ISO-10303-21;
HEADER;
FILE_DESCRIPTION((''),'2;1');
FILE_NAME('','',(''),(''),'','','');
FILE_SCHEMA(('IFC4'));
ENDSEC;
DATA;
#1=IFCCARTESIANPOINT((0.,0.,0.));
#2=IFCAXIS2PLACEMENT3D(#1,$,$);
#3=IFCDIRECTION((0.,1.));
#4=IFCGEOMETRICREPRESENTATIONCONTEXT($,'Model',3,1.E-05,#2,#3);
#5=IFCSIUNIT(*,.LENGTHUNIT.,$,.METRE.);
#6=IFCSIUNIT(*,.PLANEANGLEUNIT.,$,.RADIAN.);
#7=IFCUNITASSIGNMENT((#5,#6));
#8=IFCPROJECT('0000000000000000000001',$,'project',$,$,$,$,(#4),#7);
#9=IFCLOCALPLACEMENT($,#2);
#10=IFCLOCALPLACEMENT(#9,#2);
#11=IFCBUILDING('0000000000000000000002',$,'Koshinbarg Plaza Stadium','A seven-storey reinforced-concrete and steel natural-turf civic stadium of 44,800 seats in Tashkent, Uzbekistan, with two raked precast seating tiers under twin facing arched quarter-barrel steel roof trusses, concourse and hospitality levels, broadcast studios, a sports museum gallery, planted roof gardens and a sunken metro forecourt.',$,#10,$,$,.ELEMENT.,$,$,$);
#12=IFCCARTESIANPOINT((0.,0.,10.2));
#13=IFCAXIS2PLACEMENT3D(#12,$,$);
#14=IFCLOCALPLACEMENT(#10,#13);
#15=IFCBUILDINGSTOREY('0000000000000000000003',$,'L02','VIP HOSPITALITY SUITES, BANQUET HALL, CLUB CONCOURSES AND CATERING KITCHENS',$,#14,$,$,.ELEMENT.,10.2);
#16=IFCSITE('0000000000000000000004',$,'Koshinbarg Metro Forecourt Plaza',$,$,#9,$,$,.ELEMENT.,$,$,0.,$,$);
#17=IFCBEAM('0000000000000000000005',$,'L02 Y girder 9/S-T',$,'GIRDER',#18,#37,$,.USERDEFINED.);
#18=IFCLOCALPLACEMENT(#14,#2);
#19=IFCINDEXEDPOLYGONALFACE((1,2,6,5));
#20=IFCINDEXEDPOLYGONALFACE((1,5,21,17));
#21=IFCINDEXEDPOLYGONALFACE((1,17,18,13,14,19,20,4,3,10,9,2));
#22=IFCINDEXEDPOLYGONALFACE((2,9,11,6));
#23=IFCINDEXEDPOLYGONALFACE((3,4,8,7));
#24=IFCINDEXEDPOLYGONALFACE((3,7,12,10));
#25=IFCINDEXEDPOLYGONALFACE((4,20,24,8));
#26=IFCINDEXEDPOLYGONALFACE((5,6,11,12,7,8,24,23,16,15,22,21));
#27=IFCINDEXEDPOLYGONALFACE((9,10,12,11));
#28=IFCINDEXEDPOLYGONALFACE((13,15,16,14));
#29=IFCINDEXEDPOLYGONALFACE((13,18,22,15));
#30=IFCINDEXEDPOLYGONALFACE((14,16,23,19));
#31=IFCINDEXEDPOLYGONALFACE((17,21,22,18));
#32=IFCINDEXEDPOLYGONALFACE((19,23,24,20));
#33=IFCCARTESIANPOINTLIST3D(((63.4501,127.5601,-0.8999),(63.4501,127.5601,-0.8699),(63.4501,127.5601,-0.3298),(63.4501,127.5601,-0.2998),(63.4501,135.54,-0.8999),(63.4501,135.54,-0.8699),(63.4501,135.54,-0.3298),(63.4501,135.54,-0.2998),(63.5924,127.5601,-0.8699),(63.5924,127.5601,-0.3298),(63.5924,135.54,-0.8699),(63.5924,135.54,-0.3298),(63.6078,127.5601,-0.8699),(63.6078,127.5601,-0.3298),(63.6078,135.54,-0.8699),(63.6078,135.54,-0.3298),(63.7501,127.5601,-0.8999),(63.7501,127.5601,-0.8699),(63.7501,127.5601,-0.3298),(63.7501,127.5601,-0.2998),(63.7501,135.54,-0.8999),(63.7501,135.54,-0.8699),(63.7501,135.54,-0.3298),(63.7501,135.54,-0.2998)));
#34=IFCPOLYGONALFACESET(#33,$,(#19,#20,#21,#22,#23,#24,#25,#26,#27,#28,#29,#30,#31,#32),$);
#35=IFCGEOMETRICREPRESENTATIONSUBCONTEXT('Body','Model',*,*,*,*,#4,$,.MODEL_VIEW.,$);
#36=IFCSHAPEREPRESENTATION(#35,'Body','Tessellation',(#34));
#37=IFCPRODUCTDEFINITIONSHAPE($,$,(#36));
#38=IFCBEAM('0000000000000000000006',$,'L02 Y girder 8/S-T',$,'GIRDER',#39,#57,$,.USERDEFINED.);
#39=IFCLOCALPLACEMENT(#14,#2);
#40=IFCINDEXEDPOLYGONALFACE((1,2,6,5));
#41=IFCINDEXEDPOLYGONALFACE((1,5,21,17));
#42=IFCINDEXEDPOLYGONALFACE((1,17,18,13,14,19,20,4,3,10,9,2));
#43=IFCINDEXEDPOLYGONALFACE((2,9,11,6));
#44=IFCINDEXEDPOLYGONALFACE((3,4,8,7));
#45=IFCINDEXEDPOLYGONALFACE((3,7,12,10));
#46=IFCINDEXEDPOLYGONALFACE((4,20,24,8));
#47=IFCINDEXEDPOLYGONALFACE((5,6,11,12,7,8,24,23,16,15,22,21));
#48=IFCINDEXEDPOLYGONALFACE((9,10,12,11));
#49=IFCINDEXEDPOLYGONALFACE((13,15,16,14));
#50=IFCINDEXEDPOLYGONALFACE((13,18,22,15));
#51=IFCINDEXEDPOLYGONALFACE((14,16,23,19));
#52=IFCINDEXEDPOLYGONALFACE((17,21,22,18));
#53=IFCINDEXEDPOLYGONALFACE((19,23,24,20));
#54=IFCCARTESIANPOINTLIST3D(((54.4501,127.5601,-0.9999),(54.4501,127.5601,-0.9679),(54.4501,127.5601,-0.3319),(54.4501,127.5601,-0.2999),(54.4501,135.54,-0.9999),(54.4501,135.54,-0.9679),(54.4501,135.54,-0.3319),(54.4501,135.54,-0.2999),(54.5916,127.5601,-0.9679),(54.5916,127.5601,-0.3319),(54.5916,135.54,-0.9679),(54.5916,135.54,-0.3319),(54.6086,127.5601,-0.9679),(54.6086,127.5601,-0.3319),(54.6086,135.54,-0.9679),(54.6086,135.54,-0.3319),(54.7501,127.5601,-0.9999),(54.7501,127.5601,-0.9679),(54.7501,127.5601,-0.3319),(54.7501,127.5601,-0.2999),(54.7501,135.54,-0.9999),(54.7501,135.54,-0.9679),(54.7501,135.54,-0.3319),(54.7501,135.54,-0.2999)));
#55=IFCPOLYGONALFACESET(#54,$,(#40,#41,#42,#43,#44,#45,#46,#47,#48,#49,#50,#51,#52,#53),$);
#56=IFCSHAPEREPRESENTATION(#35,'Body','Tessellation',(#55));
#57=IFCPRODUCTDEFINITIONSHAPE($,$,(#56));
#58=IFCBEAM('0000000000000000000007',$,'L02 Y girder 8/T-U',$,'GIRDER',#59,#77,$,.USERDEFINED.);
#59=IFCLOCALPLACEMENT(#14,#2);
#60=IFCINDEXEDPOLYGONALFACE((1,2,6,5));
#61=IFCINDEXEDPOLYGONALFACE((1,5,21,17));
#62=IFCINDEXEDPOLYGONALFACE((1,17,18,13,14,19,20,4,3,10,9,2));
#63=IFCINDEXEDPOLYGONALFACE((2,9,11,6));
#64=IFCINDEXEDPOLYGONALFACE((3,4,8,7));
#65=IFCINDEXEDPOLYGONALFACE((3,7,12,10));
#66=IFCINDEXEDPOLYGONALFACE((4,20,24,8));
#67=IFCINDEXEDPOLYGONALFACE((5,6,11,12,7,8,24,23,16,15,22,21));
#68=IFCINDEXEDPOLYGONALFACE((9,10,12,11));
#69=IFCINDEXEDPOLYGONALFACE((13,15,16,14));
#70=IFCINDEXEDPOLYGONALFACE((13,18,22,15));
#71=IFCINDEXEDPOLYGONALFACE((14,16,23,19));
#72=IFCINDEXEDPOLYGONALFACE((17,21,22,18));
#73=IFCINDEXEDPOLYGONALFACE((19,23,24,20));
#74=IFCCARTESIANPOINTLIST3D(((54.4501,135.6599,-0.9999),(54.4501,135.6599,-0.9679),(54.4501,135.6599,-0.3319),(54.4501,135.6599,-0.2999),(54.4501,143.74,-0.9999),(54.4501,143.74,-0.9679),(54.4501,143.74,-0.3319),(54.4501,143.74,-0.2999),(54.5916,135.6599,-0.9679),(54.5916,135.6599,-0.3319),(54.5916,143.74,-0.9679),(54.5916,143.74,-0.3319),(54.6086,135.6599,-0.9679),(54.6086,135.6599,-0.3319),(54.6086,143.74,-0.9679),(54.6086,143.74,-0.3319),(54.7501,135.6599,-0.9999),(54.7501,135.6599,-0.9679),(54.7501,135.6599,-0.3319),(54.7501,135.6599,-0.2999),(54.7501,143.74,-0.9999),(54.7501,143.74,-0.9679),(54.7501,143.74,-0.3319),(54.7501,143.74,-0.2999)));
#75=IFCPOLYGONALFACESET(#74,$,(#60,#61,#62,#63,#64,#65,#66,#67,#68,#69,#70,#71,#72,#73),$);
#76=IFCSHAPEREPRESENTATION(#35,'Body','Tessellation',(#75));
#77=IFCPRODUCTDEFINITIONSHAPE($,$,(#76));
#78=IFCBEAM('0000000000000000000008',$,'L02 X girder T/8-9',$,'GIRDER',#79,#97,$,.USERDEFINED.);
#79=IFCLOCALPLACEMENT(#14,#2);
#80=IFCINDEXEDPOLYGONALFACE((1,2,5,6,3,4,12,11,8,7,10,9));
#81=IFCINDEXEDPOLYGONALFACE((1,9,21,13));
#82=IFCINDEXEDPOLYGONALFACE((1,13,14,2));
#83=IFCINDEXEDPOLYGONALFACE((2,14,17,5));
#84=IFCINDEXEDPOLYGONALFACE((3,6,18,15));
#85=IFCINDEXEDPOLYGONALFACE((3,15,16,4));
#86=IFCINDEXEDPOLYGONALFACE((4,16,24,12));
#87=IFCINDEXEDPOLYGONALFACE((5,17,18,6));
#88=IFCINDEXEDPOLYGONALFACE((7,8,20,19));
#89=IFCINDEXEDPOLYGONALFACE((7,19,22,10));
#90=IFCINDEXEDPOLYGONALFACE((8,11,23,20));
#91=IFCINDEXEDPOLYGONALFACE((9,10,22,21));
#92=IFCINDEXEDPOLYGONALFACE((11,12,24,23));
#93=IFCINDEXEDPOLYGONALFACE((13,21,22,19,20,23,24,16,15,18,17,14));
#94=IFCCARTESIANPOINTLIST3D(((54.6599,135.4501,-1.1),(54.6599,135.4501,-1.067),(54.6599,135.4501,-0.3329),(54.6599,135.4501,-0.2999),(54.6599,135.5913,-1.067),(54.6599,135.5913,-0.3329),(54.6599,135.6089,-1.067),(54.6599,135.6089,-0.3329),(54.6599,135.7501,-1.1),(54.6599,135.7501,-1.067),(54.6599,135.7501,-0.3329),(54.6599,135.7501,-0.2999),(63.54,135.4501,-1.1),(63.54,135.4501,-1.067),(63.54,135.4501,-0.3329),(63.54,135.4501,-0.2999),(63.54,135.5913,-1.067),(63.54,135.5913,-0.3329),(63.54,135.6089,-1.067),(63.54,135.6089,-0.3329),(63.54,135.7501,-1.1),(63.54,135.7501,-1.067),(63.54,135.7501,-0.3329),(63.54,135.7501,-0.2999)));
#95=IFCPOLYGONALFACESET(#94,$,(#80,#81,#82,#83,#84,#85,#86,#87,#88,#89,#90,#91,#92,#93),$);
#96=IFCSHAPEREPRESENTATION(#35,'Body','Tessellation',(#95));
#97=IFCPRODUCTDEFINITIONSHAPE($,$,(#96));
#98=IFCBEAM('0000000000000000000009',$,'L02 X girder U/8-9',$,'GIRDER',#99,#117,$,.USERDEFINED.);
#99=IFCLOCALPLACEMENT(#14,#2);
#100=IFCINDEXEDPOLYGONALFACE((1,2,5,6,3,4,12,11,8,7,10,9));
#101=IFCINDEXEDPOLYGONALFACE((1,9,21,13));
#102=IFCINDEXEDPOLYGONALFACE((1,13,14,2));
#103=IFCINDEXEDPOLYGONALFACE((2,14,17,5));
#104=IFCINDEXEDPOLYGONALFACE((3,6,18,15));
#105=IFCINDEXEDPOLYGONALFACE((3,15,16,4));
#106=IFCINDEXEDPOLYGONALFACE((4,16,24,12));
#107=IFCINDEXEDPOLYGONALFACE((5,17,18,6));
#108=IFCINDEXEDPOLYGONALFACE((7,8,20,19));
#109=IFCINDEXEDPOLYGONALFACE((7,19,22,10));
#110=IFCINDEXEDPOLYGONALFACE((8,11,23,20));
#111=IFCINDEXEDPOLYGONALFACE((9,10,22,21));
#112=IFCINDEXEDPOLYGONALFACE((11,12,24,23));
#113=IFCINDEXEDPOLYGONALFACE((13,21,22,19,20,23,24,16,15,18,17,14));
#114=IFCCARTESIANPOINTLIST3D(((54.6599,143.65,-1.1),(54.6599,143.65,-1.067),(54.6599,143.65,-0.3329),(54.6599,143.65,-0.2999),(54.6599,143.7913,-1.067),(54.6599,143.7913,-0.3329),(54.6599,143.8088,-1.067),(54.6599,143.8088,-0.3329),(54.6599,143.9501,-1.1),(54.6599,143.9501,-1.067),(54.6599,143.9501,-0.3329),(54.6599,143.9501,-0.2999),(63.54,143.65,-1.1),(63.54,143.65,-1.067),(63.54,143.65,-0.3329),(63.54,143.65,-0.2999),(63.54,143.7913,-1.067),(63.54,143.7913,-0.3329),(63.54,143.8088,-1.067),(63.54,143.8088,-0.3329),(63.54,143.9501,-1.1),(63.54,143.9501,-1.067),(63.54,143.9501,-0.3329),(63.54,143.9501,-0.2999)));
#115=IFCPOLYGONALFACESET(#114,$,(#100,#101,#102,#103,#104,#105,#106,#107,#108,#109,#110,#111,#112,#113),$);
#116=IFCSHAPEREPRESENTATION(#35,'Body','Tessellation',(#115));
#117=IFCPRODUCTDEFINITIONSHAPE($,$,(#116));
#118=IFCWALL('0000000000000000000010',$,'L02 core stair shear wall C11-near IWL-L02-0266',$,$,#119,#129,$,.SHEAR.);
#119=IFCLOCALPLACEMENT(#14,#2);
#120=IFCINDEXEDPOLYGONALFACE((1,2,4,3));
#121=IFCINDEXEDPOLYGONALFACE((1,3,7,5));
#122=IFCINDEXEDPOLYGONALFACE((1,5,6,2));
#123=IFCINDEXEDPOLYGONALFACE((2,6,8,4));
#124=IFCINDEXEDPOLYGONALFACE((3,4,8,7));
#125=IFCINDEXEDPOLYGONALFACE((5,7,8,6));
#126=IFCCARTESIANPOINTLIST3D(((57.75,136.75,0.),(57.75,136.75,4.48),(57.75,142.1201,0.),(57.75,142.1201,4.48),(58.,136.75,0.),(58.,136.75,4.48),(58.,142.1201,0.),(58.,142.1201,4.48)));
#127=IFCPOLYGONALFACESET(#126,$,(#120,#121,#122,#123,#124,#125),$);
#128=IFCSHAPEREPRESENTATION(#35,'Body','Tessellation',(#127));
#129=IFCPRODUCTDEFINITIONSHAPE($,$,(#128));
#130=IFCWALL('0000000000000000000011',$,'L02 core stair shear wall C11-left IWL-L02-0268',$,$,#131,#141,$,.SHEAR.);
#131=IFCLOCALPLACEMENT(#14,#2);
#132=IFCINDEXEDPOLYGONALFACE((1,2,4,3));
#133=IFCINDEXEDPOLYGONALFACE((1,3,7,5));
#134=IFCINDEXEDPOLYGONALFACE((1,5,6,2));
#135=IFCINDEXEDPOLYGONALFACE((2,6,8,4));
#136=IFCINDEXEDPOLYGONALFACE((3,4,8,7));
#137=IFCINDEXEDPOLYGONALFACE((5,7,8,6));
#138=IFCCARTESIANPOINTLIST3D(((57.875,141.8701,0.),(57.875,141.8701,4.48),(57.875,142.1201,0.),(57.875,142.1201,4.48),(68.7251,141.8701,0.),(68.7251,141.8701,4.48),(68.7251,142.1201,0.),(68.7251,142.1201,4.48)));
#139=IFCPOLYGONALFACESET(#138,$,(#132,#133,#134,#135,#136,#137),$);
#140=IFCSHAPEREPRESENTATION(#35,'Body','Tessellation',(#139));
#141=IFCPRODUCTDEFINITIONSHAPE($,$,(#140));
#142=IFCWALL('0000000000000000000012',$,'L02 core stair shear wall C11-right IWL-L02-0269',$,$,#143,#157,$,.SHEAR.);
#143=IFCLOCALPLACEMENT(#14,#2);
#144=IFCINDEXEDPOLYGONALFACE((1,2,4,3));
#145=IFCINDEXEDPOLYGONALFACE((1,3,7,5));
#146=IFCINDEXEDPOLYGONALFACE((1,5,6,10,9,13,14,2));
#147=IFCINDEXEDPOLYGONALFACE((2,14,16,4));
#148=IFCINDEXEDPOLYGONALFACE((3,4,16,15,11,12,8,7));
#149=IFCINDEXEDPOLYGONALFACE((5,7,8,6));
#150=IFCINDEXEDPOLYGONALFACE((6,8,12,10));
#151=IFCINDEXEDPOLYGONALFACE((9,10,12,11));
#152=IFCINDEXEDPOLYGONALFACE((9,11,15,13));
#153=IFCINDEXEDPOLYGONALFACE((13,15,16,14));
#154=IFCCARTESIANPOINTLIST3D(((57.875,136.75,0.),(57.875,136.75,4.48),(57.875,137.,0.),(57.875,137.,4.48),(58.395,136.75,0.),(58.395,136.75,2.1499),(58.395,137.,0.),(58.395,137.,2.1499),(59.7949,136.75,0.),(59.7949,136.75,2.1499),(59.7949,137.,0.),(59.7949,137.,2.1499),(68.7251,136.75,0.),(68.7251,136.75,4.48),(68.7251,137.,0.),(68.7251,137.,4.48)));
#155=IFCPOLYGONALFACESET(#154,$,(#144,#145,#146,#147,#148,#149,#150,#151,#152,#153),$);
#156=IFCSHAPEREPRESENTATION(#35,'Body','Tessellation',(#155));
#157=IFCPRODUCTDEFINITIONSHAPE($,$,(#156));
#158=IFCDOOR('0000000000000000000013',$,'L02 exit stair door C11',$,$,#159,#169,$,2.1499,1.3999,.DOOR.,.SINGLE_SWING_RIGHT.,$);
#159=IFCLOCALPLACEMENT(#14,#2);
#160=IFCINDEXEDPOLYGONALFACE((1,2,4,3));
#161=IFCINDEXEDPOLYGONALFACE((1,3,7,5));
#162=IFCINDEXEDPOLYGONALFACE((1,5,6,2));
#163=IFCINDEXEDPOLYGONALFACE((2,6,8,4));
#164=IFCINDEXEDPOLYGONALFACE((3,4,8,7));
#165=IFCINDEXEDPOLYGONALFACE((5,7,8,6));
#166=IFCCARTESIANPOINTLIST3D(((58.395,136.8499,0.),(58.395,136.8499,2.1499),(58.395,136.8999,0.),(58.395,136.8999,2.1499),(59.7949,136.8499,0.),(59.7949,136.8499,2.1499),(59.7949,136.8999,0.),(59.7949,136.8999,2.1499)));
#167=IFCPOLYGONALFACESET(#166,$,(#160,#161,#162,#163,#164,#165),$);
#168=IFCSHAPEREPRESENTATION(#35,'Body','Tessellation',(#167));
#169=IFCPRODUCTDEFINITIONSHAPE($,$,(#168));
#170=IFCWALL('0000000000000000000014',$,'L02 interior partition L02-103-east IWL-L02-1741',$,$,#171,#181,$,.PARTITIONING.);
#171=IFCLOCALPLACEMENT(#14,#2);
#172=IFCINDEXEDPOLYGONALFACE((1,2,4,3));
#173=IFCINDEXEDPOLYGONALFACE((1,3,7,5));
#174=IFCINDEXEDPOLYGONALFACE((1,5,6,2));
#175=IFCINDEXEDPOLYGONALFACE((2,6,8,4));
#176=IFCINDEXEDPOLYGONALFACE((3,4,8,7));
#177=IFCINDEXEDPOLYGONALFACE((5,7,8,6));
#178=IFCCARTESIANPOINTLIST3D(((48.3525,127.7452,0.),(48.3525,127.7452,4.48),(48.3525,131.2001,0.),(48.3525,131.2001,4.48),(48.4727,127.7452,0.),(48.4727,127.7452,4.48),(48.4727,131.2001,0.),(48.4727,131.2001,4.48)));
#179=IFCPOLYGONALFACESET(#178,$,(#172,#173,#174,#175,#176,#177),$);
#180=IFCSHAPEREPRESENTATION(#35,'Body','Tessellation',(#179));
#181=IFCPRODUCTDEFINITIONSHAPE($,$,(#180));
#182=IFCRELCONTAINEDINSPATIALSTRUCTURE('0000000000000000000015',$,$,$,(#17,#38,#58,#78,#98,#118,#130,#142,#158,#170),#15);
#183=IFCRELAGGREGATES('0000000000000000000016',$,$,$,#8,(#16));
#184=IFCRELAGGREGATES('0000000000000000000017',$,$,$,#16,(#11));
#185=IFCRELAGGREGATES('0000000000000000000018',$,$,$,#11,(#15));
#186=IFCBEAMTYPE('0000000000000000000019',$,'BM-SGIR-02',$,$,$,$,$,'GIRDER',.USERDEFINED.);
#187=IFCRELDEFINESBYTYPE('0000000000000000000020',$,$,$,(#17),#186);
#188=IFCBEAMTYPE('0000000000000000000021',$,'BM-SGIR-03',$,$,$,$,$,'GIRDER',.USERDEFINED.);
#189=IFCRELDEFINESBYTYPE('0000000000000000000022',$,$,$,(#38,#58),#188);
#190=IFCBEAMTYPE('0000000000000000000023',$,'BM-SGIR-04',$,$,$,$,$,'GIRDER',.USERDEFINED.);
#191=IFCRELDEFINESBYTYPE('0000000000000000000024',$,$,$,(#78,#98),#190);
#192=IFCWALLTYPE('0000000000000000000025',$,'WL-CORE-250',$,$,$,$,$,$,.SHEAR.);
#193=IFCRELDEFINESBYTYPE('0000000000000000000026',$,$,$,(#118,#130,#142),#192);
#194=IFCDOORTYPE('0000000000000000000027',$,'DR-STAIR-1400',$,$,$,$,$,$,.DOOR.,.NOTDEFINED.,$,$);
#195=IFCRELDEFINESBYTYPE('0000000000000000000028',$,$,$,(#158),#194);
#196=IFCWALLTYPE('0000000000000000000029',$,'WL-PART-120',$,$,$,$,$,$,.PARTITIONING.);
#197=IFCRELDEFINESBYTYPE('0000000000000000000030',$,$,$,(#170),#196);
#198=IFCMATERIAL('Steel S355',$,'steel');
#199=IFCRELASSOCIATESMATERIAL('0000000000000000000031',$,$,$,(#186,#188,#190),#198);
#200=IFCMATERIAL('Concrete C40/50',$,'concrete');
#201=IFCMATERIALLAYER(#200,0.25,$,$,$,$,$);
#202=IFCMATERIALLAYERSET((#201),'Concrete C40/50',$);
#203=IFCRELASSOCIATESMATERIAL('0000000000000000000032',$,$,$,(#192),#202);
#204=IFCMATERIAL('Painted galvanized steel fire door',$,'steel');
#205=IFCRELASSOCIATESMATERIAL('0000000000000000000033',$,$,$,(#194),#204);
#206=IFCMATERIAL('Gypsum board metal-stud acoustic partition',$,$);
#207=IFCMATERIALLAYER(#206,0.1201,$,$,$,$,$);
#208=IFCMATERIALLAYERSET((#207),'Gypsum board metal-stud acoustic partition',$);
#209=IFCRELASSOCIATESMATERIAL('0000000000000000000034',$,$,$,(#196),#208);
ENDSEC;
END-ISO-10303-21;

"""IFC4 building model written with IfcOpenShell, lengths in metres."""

from ifc_helpers import new_model, si_unit, direction, frame, frame_2d, origin, origin_2d, place, context, subcontext, project, spatial, rectangle, i_section, extrude, material, layer, layer_set, material_profile, profile_set, type_object, element, fill, save


model = new_model("IFC4")

# Units and contexts
model_context = context("Model", 3, precision=1e-05, world=origin(), true_north=direction((0.0, 1.0)))
body_context = subcontext(model_context, "Body", "Model", "MODEL_VIEW")
ifc_project = project(units=[si_unit("LENGTHUNIT", "METRE"), si_unit("PLANEANGLEUNIT", "RADIAN")], contexts=[model_context])

# Site, building, storey
site_placement = place(None, origin())
site = spatial("IfcSite", under=ifc_project, at=site_placement, Name="Koshinbarg Metro Forecourt Plaza", CompositionType="ELEMENT", RefElevation=0.0)
building_placement = place(site_placement, origin())
building = spatial("IfcBuilding", under=site, at=building_placement, Name="Koshinbarg Plaza Stadium", Description="A seven-storey reinforced-concrete and steel natural-turf civic stadium of 44,800 seats in Tashkent, Uzbekistan, with two raked precast seating tiers under twin facing arched quarter-barrel steel roof trusses, concourse and hospitality levels, broadcast studios, a sports museum gallery, planted roof gardens and a sunken metro forecourt.", CompositionType="ELEMENT")
storey_placement = place(building_placement, frame((0.0, 0.0, 10.2)))
storey = spatial("IfcBuildingStorey", under=building, at=storey_placement, Name="L02", Description="VIP HOSPITALITY SUITES, BANQUET HALL, CLUB CONCOURSES AND CATERING KITCHENS", CompositionType="ELEMENT", Elevation=10.2)

# Shared definitions
ifc_material_1 = material(Name="Concrete C40/50", Category="concrete")

# Beams
ifc_material_2 = material(Name="Steel S355", Category="steel")
ifc_material_profile_1 = material_profile(ifc_material_2, i_section(OverallWidth=0.3, OverallDepth=0.6001, WebThickness=0.0154, FlangeThickness=0.03, at=origin_2d()), Name="HEB 600")
ifc_profile_set_1 = profile_set([ifc_material_profile_1], Name="Steel S355")
beam_type_1 = type_object("IfcBeamType", Name="BM-SGIR-02", ElementType="GIRDER", PredefinedType="USERDEFINED", material=ifc_profile_set_1)
beam_1_placement = place(storey_placement, frame((63.6001, 127.5601, -0.5999), z_axis=(0.0, 1.0, 0.0), x_axis=(-1.0, 0.0, 0.0)))
element("IfcBeam", 1, at=beam_1_placement, inside=storey, type_object=beam_type_1, Name="L02 Y girder 9/S-T", ObjectType="GIRDER", PredefinedType="USERDEFINED", context=body_context, shape_type="SweptSolid", body=[
    extrude(i_section(OverallWidth=0.3, OverallDepth=0.6001, WebThickness=0.0154, FlangeThickness=0.03, at=origin_2d()), origin(), (0.0, 0.0, 1.0), 7.98),
])
ifc_material_profile_2 = material_profile(ifc_material_2, i_section(OverallWidth=0.3, OverallDepth=0.7, WebThickness=0.0171, FlangeThickness=0.032, at=origin_2d()), Name="HEB 700")
ifc_profile_set_2 = profile_set([ifc_material_profile_2], Name="Steel S355")
beam_type_2 = type_object("IfcBeamType", Name="BM-SGIR-03", ElementType="GIRDER", PredefinedType="USERDEFINED", material=ifc_profile_set_2)
beam_2_placement = place(storey_placement, frame((54.6001, 127.5601, -0.6499), z_axis=(0.0, 1.0, 0.0), x_axis=(-1.0, 0.0, 0.0)))
element("IfcBeam", 2, at=beam_2_placement, inside=storey, type_object=beam_type_2, Name="L02 Y girder 8/S-T", ObjectType="GIRDER", PredefinedType="USERDEFINED", context=body_context, shape_type="SweptSolid", body=[
    extrude(i_section(OverallWidth=0.3, OverallDepth=0.7, WebThickness=0.0171, FlangeThickness=0.032, at=origin_2d()), origin(), (0.0, 0.0, 1.0), 7.98),
])
beam_3_placement = place(storey_placement, frame((54.6001, 135.6599, -0.6499), z_axis=(0.0, 1.0, 0.0), x_axis=(-1.0, 0.0, 0.0)))
element("IfcBeam", 3, at=beam_3_placement, inside=storey, type_object=beam_type_2, Name="L02 Y girder 8/T-U", ObjectType="GIRDER", PredefinedType="USERDEFINED", context=body_context, shape_type="SweptSolid", body=[
    extrude(i_section(OverallWidth=0.3, OverallDepth=0.7, WebThickness=0.0171, FlangeThickness=0.032, at=origin_2d()), origin(), (0.0, 0.0, 1.0), 8.0801),
])
ifc_material_profile_3 = material_profile(ifc_material_2, i_section(OverallWidth=0.3, OverallDepth=0.8, WebThickness=0.0176, FlangeThickness=0.033, at=origin_2d()), Name="HEB 800")
ifc_profile_set_3 = profile_set([ifc_material_profile_3], Name="Steel S355")
beam_type_3 = type_object("IfcBeamType", Name="BM-SGIR-04", ElementType="GIRDER", PredefinedType="USERDEFINED", material=ifc_profile_set_3)
for number, where, z_axis, x_axis, name in (
    (4, (54.6599, 135.6001, -0.7), (1.0, 0.0, 0.0), (0.0, 1.0, 0.0), "L02 X girder T/8-9"),
    (5, (54.6599, 143.8, -0.7), (1.0, 0.0, 0.0), (0.0, 1.0, 0.0), "L02 X girder U/8-9"),
):
    element("IfcBeam", number, at=place(storey_placement, frame(where, z_axis=z_axis, x_axis=x_axis)), inside=storey, type_object=beam_type_3, Name=name, ObjectType="GIRDER", PredefinedType="USERDEFINED", context=body_context, shape_type="SweptSolid", body=[
        extrude(i_section(OverallWidth=0.3, OverallDepth=0.8, WebThickness=0.0176, FlangeThickness=0.033, at=origin_2d()), origin(), (0.0, 0.0, 1.0), 8.8801),
    ])

# Walls
ifc_layer_1 = layer(ifc_material_1, 0.25)
ifc_layer_set_1 = layer_set([ifc_layer_1], Name="Concrete C40/50")
wall_type_1 = type_object("IfcWallType", Name="WL-CORE-250", PredefinedType="SHEAR", material=ifc_layer_set_1)
wall_1_placement = place(storey_placement, frame((57.875, 142.1201, 0.0), z_axis=(0.0, 0.0, 1.0), x_axis=(0.0, -1.0, 0.0)))
element("IfcWall", 6, at=wall_1_placement, inside=storey, type_object=wall_type_1, Name="L02 core stair shear wall C11-near IWL-L02-0266", PredefinedType="SHEAR", context=body_context, shape_type="SweptSolid", body=[
    extrude(rectangle(XDim=5.3701, YDim=0.25, at=frame_2d((2.6851, 0.0))), origin(), (0.0, 0.0, 1.0), 4.48),
])
wall_2_placement = place(storey_placement, frame((57.875, 141.9951, 0.0), z_axis=(0.0, 0.0, 1.0), x_axis=(1.0, 0.0, 0.0)))
element("IfcWall", 7, at=wall_2_placement, inside=storey, type_object=wall_type_1, Name="L02 core stair shear wall C11-left IWL-L02-0268", PredefinedType="SHEAR", context=body_context, shape_type="SweptSolid", body=[
    extrude(rectangle(XDim=10.8501, YDim=0.25, at=frame_2d((5.425, 0.0))), origin(), (0.0, 0.0, 1.0), 4.48),
])

# Wall, opening, door
wall_3_placement = place(storey_placement, frame((57.875, 136.875, 0.0), z_axis=(0.0, 0.0, 1.0), x_axis=(1.0, 0.0, 0.0)))
wall_3 = element("IfcWall", 8, at=wall_3_placement, inside=storey, type_object=wall_type_1, Name="L02 core stair shear wall C11-right IWL-L02-0269", PredefinedType="SHEAR", context=body_context, shape_type="SweptSolid", body=[
    extrude(rectangle(XDim=10.8501, YDim=0.25, at=frame_2d((5.425, 0.0))), origin(), (0.0, 0.0, 1.0), 4.48),
])
opening_1_placement = place(wall_3_placement, frame((0.52, 0.0, 0.0)))
opening_1 = element("IfcOpeningElement", 9, at=opening_1_placement, cuts=wall_3, PredefinedType="OPENING", context=body_context, shape_type="SweptSolid", body=[
    extrude(rectangle(XDim=1.3999, YDim=2.1499, at=frame_2d((0.7, 1.075))), frame((0.0, 0.135, 0.0), z_axis=(0.0, -1.0, 0.0), x_axis=(1.0, 0.0, 0.0)), (0.0, 0.0, 1.0), 0.27),
])
ifc_material_3 = material(Name="Painted galvanized steel fire door", Category="steel")
door_type_1 = type_object("IfcDoorType", Name="DR-STAIR-1400", OperationType="NOTDEFINED", PredefinedType="DOOR", material=ifc_material_3)
door_1_placement = place(opening_1_placement, origin())
door_1 = element("IfcDoor", 10, at=door_1_placement, inside=storey, type_object=door_type_1, Name="L02 exit stair door C11", OperationType="SINGLE_SWING_RIGHT", OverallHeight=2.1499, OverallWidth=1.3999, PredefinedType="DOOR", context=body_context, shape_type="SweptSolid", body=[
    extrude(rectangle(XDim=1.3999, YDim=2.1499, at=frame_2d((0.7, 1.075))), frame((0.0, 0.0249, 0.0), z_axis=(0.0, -1.0, 0.0), x_axis=(1.0, 0.0, 0.0)), (0.0, 0.0, 1.0), 0.05),
])
fill(opening_1, door_1)

# Wall
ifc_material_4 = material(Name="Gypsum board metal-stud acoustic partition")
ifc_layer_2 = layer(ifc_material_4, 0.1201)
ifc_layer_set_2 = layer_set([ifc_layer_2], Name="Gypsum board metal-stud acoustic partition")
wall_type_2 = type_object("IfcWallType", Name="WL-PART-120", PredefinedType="PARTITIONING", material=ifc_layer_set_2)
wall_4_placement = place(storey_placement, frame((48.4126, 127.7451, 0.0), z_axis=(0.0, 0.0, 1.0), x_axis=(0.0, 1.0, 0.0)))
element("IfcWall", 11, at=wall_4_placement, inside=storey, type_object=wall_type_2, Name="L02 interior partition L02-103-east IWL-L02-1741", PredefinedType="PARTITIONING", context=body_context, shape_type="SweptSolid", body=[
    extrude(rectangle(XDim=3.4548, YDim=0.1201, at=frame_2d((1.7275, 0.0))), origin(), (0.0, 0.0, 1.0), 4.48),
])

save(model, "model.ifc")
